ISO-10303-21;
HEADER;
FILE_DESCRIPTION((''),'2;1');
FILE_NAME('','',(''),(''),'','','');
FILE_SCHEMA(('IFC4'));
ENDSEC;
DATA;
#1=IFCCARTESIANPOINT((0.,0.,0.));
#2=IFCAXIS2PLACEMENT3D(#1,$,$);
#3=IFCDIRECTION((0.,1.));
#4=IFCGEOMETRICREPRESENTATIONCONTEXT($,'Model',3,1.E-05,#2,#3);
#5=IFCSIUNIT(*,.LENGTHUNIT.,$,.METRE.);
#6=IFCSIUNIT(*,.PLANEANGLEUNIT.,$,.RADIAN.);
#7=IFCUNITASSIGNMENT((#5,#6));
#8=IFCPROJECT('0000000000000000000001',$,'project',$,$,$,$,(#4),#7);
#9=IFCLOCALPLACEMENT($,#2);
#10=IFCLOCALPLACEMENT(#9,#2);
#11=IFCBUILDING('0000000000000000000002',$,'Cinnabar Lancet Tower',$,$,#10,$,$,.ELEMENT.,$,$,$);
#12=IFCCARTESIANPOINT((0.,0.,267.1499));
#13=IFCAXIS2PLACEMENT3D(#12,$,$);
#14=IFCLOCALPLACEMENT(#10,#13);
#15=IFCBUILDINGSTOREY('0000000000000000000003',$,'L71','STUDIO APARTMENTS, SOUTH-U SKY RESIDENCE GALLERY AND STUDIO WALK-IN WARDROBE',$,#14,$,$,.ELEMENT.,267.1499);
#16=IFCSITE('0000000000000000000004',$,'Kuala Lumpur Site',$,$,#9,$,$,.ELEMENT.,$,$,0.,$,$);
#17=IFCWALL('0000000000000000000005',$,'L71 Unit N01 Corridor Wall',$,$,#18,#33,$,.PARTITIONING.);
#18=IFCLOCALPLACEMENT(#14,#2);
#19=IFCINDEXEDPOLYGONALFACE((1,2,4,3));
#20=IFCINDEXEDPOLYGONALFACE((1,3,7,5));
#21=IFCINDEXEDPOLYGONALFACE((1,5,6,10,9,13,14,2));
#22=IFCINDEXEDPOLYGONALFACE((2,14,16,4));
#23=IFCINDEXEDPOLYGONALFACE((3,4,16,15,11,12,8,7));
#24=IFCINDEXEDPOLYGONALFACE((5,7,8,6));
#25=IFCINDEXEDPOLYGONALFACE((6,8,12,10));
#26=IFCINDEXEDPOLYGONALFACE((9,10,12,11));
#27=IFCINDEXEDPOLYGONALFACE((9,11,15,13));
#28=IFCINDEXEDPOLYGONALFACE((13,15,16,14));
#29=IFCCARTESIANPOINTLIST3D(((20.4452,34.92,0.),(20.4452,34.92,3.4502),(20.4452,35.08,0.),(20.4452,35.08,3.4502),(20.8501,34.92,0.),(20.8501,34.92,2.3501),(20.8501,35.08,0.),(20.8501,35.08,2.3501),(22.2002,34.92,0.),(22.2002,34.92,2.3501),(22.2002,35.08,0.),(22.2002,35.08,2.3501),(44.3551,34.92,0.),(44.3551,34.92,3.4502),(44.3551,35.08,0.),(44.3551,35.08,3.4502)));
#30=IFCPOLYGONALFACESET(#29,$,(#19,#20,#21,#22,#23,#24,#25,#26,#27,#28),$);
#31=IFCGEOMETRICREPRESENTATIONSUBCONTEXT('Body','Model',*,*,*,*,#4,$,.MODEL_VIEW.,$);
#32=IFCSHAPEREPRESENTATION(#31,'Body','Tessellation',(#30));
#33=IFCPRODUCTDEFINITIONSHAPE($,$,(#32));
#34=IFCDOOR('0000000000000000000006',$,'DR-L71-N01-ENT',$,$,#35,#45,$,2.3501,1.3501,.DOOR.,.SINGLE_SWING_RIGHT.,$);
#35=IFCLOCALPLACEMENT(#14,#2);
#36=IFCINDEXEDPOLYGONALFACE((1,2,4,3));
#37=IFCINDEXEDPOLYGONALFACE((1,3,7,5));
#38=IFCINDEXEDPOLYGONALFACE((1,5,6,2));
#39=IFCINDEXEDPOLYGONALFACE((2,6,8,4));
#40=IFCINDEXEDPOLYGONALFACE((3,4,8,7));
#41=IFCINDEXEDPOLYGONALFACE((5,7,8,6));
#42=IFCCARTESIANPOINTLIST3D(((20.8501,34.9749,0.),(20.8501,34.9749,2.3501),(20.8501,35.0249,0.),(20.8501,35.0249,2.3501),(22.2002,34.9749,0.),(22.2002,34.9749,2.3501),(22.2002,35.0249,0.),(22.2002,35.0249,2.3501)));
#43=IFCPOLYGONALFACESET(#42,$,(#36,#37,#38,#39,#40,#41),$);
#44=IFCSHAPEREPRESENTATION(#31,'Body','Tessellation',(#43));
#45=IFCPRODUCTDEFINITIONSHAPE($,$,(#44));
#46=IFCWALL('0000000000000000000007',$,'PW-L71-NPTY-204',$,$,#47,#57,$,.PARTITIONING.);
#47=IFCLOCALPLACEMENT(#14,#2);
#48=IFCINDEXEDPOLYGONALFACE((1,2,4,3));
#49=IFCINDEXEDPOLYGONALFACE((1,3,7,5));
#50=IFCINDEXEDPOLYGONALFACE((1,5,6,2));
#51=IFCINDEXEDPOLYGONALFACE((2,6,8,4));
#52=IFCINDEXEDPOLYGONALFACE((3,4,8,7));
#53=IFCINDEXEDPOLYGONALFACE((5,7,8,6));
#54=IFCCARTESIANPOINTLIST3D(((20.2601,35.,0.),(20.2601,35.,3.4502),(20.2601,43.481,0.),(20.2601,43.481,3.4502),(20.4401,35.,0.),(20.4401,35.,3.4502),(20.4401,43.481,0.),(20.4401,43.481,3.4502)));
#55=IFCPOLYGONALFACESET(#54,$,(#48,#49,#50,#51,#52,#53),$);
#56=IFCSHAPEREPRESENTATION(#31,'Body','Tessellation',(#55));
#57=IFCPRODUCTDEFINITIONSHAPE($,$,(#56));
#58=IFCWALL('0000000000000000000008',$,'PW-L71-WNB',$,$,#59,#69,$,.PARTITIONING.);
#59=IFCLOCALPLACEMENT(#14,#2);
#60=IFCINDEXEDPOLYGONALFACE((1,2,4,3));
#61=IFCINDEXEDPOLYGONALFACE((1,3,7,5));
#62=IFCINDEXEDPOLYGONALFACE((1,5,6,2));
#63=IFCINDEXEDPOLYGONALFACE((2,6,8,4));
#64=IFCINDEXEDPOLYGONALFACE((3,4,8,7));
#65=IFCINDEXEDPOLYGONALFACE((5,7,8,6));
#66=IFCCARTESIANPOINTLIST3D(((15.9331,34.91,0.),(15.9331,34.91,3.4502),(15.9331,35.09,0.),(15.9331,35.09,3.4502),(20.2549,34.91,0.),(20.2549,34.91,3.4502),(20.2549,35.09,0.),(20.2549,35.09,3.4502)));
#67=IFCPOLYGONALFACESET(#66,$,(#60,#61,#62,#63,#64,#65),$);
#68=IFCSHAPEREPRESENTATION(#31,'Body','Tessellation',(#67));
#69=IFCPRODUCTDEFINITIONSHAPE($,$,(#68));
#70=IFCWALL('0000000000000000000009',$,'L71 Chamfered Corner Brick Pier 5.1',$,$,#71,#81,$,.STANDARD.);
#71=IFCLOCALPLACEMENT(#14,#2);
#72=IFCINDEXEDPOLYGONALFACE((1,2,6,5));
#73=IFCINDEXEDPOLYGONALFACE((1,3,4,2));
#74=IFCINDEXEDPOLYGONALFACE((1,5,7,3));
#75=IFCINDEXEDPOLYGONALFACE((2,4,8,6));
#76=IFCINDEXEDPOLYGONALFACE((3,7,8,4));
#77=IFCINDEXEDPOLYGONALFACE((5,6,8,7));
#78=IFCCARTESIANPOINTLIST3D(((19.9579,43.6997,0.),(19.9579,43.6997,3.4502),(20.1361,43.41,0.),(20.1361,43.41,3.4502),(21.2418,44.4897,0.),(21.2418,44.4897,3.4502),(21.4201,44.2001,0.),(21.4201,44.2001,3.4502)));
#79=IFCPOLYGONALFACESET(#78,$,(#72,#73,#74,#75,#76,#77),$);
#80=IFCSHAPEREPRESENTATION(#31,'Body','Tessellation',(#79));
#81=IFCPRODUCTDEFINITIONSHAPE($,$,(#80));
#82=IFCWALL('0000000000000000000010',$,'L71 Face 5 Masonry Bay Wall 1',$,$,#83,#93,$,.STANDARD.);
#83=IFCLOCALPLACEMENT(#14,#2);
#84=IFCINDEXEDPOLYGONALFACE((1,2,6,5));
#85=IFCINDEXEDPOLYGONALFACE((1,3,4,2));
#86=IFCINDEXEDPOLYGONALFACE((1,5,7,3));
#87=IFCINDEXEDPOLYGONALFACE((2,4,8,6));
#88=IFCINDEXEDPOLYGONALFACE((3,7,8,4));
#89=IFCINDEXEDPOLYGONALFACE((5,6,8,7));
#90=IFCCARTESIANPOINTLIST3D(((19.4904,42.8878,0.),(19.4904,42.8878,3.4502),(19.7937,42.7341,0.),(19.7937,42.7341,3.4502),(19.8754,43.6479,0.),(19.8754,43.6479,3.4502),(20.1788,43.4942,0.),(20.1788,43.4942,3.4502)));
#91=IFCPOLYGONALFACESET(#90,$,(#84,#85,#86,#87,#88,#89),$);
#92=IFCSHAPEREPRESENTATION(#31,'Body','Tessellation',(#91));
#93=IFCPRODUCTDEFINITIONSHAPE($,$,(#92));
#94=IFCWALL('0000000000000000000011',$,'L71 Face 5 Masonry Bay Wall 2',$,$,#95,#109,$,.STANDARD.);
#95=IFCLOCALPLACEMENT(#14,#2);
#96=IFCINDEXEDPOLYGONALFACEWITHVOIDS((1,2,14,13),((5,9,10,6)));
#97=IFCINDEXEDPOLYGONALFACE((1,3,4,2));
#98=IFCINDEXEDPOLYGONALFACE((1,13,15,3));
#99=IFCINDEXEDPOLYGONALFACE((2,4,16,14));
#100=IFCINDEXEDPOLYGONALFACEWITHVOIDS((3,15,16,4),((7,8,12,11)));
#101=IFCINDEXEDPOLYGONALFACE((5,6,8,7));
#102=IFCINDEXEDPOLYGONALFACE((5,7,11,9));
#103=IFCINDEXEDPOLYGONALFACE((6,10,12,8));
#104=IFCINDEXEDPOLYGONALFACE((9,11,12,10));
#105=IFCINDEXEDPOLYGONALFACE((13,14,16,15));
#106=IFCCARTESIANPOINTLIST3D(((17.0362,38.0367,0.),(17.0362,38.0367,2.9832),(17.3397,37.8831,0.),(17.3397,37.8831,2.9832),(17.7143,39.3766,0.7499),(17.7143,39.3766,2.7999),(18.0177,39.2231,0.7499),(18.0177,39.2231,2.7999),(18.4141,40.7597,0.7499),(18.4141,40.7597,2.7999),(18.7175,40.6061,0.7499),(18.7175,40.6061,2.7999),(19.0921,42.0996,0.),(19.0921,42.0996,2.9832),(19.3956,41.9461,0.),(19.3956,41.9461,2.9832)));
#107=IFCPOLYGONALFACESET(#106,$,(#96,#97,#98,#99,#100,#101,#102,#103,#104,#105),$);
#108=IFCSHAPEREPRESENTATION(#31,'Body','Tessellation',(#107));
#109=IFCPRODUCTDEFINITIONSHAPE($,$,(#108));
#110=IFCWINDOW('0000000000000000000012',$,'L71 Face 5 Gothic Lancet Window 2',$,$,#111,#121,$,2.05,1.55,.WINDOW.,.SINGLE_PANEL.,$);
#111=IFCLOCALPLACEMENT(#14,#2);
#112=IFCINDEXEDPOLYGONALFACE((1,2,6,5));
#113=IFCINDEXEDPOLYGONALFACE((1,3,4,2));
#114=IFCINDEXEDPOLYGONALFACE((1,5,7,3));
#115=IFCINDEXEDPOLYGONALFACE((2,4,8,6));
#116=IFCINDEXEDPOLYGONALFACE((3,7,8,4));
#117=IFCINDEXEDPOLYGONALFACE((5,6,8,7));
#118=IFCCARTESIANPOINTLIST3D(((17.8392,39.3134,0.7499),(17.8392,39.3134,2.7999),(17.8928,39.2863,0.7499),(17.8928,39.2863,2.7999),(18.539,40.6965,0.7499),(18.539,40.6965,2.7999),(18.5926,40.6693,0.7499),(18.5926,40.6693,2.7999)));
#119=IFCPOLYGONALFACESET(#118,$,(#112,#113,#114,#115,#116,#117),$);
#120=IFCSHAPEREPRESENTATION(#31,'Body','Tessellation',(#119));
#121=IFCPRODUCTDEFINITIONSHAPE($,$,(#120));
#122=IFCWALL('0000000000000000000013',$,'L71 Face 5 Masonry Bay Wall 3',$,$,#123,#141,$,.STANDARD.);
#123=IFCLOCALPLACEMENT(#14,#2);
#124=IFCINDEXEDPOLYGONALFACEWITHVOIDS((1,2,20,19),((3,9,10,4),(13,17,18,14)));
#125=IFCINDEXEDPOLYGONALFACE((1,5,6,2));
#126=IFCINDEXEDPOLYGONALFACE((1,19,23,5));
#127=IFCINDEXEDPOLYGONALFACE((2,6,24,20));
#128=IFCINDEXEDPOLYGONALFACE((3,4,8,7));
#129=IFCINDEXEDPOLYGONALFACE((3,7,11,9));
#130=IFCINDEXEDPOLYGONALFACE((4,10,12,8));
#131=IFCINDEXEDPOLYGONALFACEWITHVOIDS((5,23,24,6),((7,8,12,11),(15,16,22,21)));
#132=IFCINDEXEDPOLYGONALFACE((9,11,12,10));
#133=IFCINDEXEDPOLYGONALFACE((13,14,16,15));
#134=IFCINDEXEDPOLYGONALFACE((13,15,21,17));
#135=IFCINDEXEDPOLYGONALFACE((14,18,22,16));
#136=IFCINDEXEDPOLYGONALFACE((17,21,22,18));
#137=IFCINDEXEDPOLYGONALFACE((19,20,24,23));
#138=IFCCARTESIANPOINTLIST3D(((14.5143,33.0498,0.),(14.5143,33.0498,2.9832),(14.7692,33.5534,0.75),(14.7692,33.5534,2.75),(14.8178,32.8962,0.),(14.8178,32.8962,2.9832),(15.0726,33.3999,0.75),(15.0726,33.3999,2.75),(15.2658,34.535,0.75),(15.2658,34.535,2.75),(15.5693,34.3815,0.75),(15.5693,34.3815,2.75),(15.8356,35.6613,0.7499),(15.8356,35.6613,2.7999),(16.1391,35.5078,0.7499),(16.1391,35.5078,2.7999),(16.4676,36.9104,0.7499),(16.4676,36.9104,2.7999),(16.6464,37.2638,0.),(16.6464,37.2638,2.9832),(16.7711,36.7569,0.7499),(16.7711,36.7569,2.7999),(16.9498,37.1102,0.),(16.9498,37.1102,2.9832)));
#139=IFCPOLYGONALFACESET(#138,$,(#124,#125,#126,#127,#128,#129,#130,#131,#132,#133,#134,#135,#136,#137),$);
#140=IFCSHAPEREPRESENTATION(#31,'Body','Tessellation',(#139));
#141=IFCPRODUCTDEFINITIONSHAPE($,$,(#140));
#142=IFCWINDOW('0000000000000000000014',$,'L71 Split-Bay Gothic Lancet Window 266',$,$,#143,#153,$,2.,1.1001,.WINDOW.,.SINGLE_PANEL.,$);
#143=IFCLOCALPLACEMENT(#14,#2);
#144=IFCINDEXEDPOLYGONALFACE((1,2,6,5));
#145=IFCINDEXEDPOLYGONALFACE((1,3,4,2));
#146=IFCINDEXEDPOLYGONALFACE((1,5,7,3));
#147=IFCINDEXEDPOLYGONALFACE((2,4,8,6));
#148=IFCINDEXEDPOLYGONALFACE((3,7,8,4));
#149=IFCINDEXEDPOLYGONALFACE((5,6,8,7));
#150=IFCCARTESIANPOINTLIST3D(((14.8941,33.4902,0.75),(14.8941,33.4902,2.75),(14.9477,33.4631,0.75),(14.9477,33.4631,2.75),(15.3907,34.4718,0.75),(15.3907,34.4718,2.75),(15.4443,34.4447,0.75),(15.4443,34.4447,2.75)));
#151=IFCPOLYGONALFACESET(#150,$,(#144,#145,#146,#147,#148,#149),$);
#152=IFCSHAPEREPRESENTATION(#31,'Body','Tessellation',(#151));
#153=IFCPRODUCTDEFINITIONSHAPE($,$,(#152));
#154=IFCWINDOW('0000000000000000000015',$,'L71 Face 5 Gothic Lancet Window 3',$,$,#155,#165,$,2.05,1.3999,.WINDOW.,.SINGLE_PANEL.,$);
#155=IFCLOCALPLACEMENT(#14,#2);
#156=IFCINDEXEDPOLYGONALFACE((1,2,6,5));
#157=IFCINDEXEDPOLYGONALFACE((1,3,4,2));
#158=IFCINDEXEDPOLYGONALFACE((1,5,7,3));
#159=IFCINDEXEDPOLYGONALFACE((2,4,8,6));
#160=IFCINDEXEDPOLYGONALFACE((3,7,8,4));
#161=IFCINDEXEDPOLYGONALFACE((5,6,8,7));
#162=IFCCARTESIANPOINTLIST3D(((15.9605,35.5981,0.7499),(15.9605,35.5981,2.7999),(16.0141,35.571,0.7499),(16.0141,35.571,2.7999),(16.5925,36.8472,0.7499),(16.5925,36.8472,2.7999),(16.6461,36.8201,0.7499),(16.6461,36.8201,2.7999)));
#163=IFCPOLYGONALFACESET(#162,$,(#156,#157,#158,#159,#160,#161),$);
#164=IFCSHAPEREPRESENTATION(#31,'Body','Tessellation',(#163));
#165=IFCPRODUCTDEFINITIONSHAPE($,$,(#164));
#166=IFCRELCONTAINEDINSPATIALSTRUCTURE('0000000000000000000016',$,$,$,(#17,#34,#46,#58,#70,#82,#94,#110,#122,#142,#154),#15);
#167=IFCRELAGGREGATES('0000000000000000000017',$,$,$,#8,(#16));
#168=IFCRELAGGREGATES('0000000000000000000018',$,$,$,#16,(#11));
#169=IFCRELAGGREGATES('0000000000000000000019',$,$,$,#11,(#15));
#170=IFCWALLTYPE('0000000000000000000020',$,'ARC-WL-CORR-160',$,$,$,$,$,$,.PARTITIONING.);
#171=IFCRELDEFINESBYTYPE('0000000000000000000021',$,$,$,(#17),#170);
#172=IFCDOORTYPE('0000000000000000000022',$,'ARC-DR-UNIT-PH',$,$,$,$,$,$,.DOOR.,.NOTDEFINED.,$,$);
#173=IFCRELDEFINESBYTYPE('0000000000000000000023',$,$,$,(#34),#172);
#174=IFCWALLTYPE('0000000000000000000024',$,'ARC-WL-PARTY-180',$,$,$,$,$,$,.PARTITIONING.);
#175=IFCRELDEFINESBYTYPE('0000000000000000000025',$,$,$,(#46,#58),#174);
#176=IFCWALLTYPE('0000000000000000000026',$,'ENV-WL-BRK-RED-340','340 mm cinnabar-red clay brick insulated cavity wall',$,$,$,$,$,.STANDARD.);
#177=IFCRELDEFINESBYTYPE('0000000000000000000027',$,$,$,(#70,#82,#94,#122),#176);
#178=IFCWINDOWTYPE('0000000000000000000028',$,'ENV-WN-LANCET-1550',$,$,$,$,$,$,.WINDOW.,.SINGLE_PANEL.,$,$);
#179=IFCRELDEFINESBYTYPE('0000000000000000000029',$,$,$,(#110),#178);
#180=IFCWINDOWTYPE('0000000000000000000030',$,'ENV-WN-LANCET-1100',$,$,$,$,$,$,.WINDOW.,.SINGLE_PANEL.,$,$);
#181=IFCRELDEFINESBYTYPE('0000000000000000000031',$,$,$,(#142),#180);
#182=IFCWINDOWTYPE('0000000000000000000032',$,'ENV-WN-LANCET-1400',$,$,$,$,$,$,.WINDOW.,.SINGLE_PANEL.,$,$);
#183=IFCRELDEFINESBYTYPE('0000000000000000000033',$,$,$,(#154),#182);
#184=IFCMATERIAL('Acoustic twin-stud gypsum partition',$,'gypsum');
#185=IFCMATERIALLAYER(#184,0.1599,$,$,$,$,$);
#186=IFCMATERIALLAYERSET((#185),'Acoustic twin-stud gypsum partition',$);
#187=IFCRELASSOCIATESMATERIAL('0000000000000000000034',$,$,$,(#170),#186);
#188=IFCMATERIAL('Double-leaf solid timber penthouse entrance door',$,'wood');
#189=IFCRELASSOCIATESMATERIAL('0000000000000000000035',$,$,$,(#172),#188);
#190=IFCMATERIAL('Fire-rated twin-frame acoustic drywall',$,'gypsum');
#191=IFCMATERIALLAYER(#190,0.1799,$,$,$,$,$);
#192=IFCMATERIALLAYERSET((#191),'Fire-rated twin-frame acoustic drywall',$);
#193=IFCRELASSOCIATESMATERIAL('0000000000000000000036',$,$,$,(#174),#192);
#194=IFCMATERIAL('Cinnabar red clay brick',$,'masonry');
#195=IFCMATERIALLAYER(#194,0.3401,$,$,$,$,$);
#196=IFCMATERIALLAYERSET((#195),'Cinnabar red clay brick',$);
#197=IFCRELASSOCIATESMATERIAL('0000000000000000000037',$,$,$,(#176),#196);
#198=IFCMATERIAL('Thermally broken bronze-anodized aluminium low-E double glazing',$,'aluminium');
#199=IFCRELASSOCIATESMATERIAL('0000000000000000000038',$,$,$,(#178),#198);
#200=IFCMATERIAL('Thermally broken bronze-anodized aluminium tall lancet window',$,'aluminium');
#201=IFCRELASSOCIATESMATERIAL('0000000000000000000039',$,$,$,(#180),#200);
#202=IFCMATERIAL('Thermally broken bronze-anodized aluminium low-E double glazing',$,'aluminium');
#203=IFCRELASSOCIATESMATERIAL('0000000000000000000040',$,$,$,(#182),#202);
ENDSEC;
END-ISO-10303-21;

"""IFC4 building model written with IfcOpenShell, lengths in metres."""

from ifc_helpers import new_model, si_unit, direction, frame, frame_2d, origin, place, context, subcontext, project, spatial, rectangle, extrude, material, layer, layer_set, type_object, element, fill, save


model = new_model("IFC4")

# Units and contexts
model_context = context("Model", 3, precision=1e-05, world=origin(), true_north=direction((0.0, 1.0)))
body_context = subcontext(model_context, "Body", "Model", "MODEL_VIEW")
ifc_project = project(units=[si_unit("LENGTHUNIT", "METRE"), si_unit("PLANEANGLEUNIT", "RADIAN")], contexts=[model_context])

# Site, building, storey
site_placement = place(None, origin())
site = spatial("IfcSite", under=ifc_project, at=site_placement, Name="Kuala Lumpur Site", CompositionType="ELEMENT", RefElevation=0.0)
building_placement = place(site_placement, origin())
building = spatial("IfcBuilding", under=site, at=building_placement, Name="Cinnabar Lancet Tower", CompositionType="ELEMENT")
storey_placement = place(building_placement, frame((0.0, 0.0, 267.1499)))
storey = spatial("IfcBuildingStorey", under=building, at=storey_placement, Name="L71", Description="STUDIO APARTMENTS, SOUTH-U SKY RESIDENCE GALLERY AND STUDIO WALK-IN WARDROBE", CompositionType="ELEMENT", Elevation=267.1499)

# Wall, opening, door
ifc_material_1 = material(Name="Acoustic twin-stud gypsum partition", Category="gypsum")
ifc_layer_1 = layer(ifc_material_1, 0.1599)
ifc_layer_set_1 = layer_set([ifc_layer_1], Name="Acoustic twin-stud gypsum partition")
wall_type_1 = type_object("IfcWallType", Name="ARC-WL-CORR-160", PredefinedType="PARTITIONING", material=ifc_layer_set_1)
wall_1_placement = place(storey_placement, frame((20.4451, 35.0, 0.0), z_axis=(0.0, 0.0, 1.0), x_axis=(1.0, 0.0, 0.0)))
wall_1 = element("IfcWall", 1, at=wall_1_placement, inside=storey, type_object=wall_type_1, Name="L71 Unit N01 Corridor Wall", PredefinedType="PARTITIONING", context=body_context, shape_type="SweptSolid", body=[
    extrude(rectangle(XDim=23.9099, YDim=0.1599, at=frame_2d((11.9551, 0.0))), origin(), (0.0, 0.0, 1.0), 3.4502),
])
opening_1_placement = place(wall_1_placement, frame((0.405, 0.0, 0.0)))
opening_1 = element("IfcOpeningElement", 2, at=opening_1_placement, cuts=wall_1, PredefinedType="OPENING", context=body_context, shape_type="SweptSolid", body=[
    extrude(rectangle(XDim=1.3501, YDim=2.3501, at=frame_2d((0.675, 1.175))), frame((0.0, 0.0898, 0.0), z_axis=(0.0, -1.0, 0.0), x_axis=(1.0, 0.0, 0.0)), (0.0, 0.0, 1.0), 0.1799),
])
ifc_material_2 = material(Name="Double-leaf solid timber penthouse entrance door", Category="wood")
door_type = type_object("IfcDoorType", Name="ARC-DR-UNIT-PH", OperationType="NOTDEFINED", PredefinedType="DOOR", material=ifc_material_2)
door_placement = place(opening_1_placement, origin())
door = element("IfcDoor", 3, at=door_placement, inside=storey, type_object=door_type, Name="DR-L71-N01-ENT", OperationType="SINGLE_SWING_RIGHT", OverallHeight=2.3501, OverallWidth=1.3501, PredefinedType="DOOR", context=body_context, shape_type="SweptSolid", body=[
    extrude(rectangle(XDim=1.3501, YDim=2.3501, at=frame_2d((0.675, 1.175))), frame((0.0, 0.0249, 0.0), z_axis=(0.0, -1.0, 0.0), x_axis=(1.0, 0.0, 0.0)), (0.0, 0.0, 1.0), 0.05),
])
fill(opening_1, door)

# Walls
ifc_material_3 = material(Name="Fire-rated twin-frame acoustic drywall", Category="gypsum")
ifc_layer_2 = layer(ifc_material_3, 0.1799)
ifc_layer_set_2 = layer_set([ifc_layer_2], Name="Fire-rated twin-frame acoustic drywall")
wall_type_2 = type_object("IfcWallType", Name="ARC-WL-PARTY-180", PredefinedType="PARTITIONING", material=ifc_layer_set_2)
wall_2_placement = place(storey_placement, frame((20.3501, 35.0, 0.0), z_axis=(0.0, 0.0, 1.0), x_axis=(0.0, 1.0, 0.0)))
element("IfcWall", 4, at=wall_2_placement, inside=storey, type_object=wall_type_2, Name="PW-L71-NPTY-204", PredefinedType="PARTITIONING", context=body_context, shape_type="SweptSolid", body=[
    extrude(rectangle(XDim=8.481, YDim=0.1799, at=frame_2d((4.2405, 0.0))), origin(), (0.0, 0.0, 1.0), 3.4502),
])
wall_3_placement = place(storey_placement, frame((15.9331, 35.0, 0.0), z_axis=(0.0, 0.0, 1.0), x_axis=(1.0, 0.0, 0.0)))
element("IfcWall", 5, at=wall_3_placement, inside=storey, type_object=wall_type_2, Name="PW-L71-WNB", PredefinedType="PARTITIONING", context=body_context, shape_type="SweptSolid", body=[
    extrude(rectangle(XDim=4.3218, YDim=0.1799, at=frame_2d((2.1609, 0.0))), origin(), (0.0, 0.0, 1.0), 3.4502),
])
ifc_material_4 = material(Name="Cinnabar red clay brick", Category="masonry")
ifc_layer_3 = layer(ifc_material_4, 0.3401)
ifc_layer_set_3 = layer_set([ifc_layer_3], Name="Cinnabar red clay brick")
wall_type_3 = type_object("IfcWallType", Name="ENV-WL-BRK-RED-340", Description="340 mm cinnabar-red clay brick insulated cavity wall", PredefinedType="STANDARD", material=ifc_layer_set_3)
wall_4_placement = place(storey_placement, frame((21.3311, 44.345, 0.0), z_axis=(0.0, 0.0, 1.0), x_axis=(-0.851681, -0.524061, 0.0)))
element("IfcWall", 6, at=wall_4_placement, inside=storey, type_object=wall_type_3, Name="L71 Chamfered Corner Brick Pier 5.1", PredefinedType="STANDARD", context=body_context, shape_type="SweptSolid", body=[
    extrude(rectangle(XDim=1.5076, YDim=0.3401, at=frame_2d((0.7539, 0.0))), origin(), (0.0, 0.0, 1.0), 3.4502),
])
wall_5_placement = place(storey_placement, frame((20.0271, 43.571, 0.0), z_axis=(0.0, 0.0, 1.0), x_axis=(-0.451907, -0.892065, 0.0)))
element("IfcWall", 7, at=wall_5_placement, inside=storey, type_object=wall_type_3, Name="L71 Face 5 Masonry Bay Wall 1", PredefinedType="STANDARD", context=body_context, shape_type="SweptSolid", body=[
    extrude(rectangle(XDim=0.8521, YDim=0.3401, at=frame_2d((0.426, 0.0))), origin(), (0.0, 0.0, 1.0), 3.4502),
])

# Wall, opening, window
wall_6_placement = place(storey_placement, frame((19.2439, 42.0229, 0.0), z_axis=(0.0, 0.0, 1.0), x_axis=(-0.451498, -0.892272, 0.0)))
wall_6 = element("IfcWall", 8, at=wall_6_placement, inside=storey, type_object=wall_type_3, Name="L71 Face 5 Masonry Bay Wall 2", PredefinedType="STANDARD", context=body_context, shape_type="SweptSolid", body=[
    extrude(rectangle(XDim=4.5535, YDim=0.3401, at=frame_2d((2.2769, 0.0))), origin(), (0.0, 0.0, 1.0), 2.9832),
])
opening_2_placement = place(wall_6_placement, frame((1.502, 0.0, 0.75)))
opening_2 = element("IfcOpeningElement", 9, at=opening_2_placement, cuts=wall_6, PredefinedType="OPENING", context=body_context, shape_type="SweptSolid", body=[
    extrude(rectangle(XDim=1.55, YDim=2.05, at=frame_2d((0.7749, 1.0249))), frame((0.0, 0.1799, 0.0), z_axis=(0.0, -1.0, 0.0), x_axis=(1.0, 0.0, 0.0)), (0.0, 0.0, 1.0), 0.3601),
])
ifc_material_5 = material(Name="Thermally broken bronze-anodized aluminium low-E double glazing", Category="aluminium")
window_type_1 = type_object("IfcWindowType", Name="ENV-WN-LANCET-1550", PartitioningType="SINGLE_PANEL", PredefinedType="WINDOW", material=ifc_material_5)
window_1_placement = place(opening_2_placement, origin())
window_1 = element("IfcWindow", 10, at=window_1_placement, inside=storey, type_object=window_type_1, Name="L71 Face 5 Gothic Lancet Window 2", OverallHeight=2.05, OverallWidth=1.55, PartitioningType="SINGLE_PANEL", PredefinedType="WINDOW", context=body_context, shape_type="SweptSolid", body=[
    extrude(rectangle(XDim=1.55, YDim=2.05, at=frame_2d((0.7749, 1.0249))), frame((0.0, 0.03, 0.0), z_axis=(0.0, -1.0, 0.0), x_axis=(1.0, 0.0, 0.0)), (0.0, 0.0, 1.0), 0.0601),
])
fill(opening_2, window_1)

# Wall, openings, windows
wall_7_placement = place(storey_placement, frame((16.7981, 37.187, 0.0), z_axis=(0.0, 0.0, 1.0), x_axis=(-0.451448, -0.892298, 0.0)))
wall_7 = element("IfcWall", 11, at=wall_7_placement, inside=storey, type_object=wall_type_3, Name="L71 Face 5 Masonry Bay Wall 3", PredefinedType="STANDARD", context=body_context, shape_type="SweptSolid", body=[
    extrude(rectangle(XDim=4.7227, YDim=0.3401, at=frame_2d((2.3613, 0.0))), origin(), (0.0, 0.0, 1.0), 2.9832),
])
opening_3_placement = place(wall_7_placement, frame((0.396, 0.0, 0.75)))
opening_3 = element("IfcOpeningElement", 12, at=opening_3_placement, cuts=wall_7, PredefinedType="OPENING", context=body_context, shape_type="SweptSolid", body=[
    extrude(rectangle(XDim=1.3999, YDim=2.05, at=frame_2d((0.7, 1.0249))), frame((0.0, 0.1799, 0.0), z_axis=(0.0, -1.0, 0.0), x_axis=(1.0, 0.0, 0.0)), (0.0, 0.0, 1.0), 0.3601),
])
opening_4_placement = place(wall_7_placement, frame((3.0581, 0.0, 0.75)))
opening_4 = element("IfcOpeningElement", 13, at=opening_4_placement, cuts=wall_7, PredefinedType="OPENING", context=body_context, shape_type="SweptSolid", body=[
    extrude(rectangle(XDim=1.1001, YDim=2.0, at=frame_2d((0.55, 1.0))), frame((0.0, 0.1799, 0.0), z_axis=(0.0, -1.0, 0.0), x_axis=(1.0, 0.0, 0.0)), (0.0, 0.0, 1.0), 0.3601),
])
ifc_material_6 = material(Name="Thermally broken bronze-anodized aluminium tall lancet window", Category="aluminium")
window_type_2 = type_object("IfcWindowType", Name="ENV-WN-LANCET-1100", PartitioningType="SINGLE_PANEL", PredefinedType="WINDOW", material=ifc_material_6)
window_2_placement = place(opening_4_placement, origin())
window_2 = element("IfcWindow", 14, at=window_2_placement, inside=storey, type_object=window_type_2, Name="L71 Split-Bay Gothic Lancet Window 266", OverallHeight=2.0, OverallWidth=1.1001, PartitioningType="SINGLE_PANEL", PredefinedType="WINDOW", context=body_context, shape_type="SweptSolid", body=[
    extrude(rectangle(XDim=1.1001, YDim=2.0, at=frame_2d((0.55, 1.0))), frame((0.0, 0.03, 0.0), z_axis=(0.0, -1.0, 0.0), x_axis=(1.0, 0.0, 0.0)), (0.0, 0.0, 1.0), 0.0601),
])
fill(opening_4, window_2)
ifc_material_7 = material(Name="Thermally broken bronze-anodized aluminium low-E double glazing", Category="aluminium")
window_type_3 = type_object("IfcWindowType", Name="ENV-WN-LANCET-1400", PartitioningType="SINGLE_PANEL", PredefinedType="WINDOW", material=ifc_material_7)
window_3_placement = place(opening_3_placement, origin())
window_3 = element("IfcWindow", 15, at=window_3_placement, inside=storey, type_object=window_type_3, Name="L71 Face 5 Gothic Lancet Window 3", OverallHeight=2.05, OverallWidth=1.3999, PartitioningType="SINGLE_PANEL", PredefinedType="WINDOW", context=body_context, shape_type="SweptSolid", body=[
    extrude(rectangle(XDim=1.3999, YDim=2.05, at=frame_2d((0.7, 1.0249))), frame((0.0, 0.03, 0.0), z_axis=(0.0, -1.0, 0.0), x_axis=(1.0, 0.0, 0.0)), (0.0, 0.0, 1.0), 0.0601),
])
fill(opening_3, window_3)

save(model, "model.ifc")
